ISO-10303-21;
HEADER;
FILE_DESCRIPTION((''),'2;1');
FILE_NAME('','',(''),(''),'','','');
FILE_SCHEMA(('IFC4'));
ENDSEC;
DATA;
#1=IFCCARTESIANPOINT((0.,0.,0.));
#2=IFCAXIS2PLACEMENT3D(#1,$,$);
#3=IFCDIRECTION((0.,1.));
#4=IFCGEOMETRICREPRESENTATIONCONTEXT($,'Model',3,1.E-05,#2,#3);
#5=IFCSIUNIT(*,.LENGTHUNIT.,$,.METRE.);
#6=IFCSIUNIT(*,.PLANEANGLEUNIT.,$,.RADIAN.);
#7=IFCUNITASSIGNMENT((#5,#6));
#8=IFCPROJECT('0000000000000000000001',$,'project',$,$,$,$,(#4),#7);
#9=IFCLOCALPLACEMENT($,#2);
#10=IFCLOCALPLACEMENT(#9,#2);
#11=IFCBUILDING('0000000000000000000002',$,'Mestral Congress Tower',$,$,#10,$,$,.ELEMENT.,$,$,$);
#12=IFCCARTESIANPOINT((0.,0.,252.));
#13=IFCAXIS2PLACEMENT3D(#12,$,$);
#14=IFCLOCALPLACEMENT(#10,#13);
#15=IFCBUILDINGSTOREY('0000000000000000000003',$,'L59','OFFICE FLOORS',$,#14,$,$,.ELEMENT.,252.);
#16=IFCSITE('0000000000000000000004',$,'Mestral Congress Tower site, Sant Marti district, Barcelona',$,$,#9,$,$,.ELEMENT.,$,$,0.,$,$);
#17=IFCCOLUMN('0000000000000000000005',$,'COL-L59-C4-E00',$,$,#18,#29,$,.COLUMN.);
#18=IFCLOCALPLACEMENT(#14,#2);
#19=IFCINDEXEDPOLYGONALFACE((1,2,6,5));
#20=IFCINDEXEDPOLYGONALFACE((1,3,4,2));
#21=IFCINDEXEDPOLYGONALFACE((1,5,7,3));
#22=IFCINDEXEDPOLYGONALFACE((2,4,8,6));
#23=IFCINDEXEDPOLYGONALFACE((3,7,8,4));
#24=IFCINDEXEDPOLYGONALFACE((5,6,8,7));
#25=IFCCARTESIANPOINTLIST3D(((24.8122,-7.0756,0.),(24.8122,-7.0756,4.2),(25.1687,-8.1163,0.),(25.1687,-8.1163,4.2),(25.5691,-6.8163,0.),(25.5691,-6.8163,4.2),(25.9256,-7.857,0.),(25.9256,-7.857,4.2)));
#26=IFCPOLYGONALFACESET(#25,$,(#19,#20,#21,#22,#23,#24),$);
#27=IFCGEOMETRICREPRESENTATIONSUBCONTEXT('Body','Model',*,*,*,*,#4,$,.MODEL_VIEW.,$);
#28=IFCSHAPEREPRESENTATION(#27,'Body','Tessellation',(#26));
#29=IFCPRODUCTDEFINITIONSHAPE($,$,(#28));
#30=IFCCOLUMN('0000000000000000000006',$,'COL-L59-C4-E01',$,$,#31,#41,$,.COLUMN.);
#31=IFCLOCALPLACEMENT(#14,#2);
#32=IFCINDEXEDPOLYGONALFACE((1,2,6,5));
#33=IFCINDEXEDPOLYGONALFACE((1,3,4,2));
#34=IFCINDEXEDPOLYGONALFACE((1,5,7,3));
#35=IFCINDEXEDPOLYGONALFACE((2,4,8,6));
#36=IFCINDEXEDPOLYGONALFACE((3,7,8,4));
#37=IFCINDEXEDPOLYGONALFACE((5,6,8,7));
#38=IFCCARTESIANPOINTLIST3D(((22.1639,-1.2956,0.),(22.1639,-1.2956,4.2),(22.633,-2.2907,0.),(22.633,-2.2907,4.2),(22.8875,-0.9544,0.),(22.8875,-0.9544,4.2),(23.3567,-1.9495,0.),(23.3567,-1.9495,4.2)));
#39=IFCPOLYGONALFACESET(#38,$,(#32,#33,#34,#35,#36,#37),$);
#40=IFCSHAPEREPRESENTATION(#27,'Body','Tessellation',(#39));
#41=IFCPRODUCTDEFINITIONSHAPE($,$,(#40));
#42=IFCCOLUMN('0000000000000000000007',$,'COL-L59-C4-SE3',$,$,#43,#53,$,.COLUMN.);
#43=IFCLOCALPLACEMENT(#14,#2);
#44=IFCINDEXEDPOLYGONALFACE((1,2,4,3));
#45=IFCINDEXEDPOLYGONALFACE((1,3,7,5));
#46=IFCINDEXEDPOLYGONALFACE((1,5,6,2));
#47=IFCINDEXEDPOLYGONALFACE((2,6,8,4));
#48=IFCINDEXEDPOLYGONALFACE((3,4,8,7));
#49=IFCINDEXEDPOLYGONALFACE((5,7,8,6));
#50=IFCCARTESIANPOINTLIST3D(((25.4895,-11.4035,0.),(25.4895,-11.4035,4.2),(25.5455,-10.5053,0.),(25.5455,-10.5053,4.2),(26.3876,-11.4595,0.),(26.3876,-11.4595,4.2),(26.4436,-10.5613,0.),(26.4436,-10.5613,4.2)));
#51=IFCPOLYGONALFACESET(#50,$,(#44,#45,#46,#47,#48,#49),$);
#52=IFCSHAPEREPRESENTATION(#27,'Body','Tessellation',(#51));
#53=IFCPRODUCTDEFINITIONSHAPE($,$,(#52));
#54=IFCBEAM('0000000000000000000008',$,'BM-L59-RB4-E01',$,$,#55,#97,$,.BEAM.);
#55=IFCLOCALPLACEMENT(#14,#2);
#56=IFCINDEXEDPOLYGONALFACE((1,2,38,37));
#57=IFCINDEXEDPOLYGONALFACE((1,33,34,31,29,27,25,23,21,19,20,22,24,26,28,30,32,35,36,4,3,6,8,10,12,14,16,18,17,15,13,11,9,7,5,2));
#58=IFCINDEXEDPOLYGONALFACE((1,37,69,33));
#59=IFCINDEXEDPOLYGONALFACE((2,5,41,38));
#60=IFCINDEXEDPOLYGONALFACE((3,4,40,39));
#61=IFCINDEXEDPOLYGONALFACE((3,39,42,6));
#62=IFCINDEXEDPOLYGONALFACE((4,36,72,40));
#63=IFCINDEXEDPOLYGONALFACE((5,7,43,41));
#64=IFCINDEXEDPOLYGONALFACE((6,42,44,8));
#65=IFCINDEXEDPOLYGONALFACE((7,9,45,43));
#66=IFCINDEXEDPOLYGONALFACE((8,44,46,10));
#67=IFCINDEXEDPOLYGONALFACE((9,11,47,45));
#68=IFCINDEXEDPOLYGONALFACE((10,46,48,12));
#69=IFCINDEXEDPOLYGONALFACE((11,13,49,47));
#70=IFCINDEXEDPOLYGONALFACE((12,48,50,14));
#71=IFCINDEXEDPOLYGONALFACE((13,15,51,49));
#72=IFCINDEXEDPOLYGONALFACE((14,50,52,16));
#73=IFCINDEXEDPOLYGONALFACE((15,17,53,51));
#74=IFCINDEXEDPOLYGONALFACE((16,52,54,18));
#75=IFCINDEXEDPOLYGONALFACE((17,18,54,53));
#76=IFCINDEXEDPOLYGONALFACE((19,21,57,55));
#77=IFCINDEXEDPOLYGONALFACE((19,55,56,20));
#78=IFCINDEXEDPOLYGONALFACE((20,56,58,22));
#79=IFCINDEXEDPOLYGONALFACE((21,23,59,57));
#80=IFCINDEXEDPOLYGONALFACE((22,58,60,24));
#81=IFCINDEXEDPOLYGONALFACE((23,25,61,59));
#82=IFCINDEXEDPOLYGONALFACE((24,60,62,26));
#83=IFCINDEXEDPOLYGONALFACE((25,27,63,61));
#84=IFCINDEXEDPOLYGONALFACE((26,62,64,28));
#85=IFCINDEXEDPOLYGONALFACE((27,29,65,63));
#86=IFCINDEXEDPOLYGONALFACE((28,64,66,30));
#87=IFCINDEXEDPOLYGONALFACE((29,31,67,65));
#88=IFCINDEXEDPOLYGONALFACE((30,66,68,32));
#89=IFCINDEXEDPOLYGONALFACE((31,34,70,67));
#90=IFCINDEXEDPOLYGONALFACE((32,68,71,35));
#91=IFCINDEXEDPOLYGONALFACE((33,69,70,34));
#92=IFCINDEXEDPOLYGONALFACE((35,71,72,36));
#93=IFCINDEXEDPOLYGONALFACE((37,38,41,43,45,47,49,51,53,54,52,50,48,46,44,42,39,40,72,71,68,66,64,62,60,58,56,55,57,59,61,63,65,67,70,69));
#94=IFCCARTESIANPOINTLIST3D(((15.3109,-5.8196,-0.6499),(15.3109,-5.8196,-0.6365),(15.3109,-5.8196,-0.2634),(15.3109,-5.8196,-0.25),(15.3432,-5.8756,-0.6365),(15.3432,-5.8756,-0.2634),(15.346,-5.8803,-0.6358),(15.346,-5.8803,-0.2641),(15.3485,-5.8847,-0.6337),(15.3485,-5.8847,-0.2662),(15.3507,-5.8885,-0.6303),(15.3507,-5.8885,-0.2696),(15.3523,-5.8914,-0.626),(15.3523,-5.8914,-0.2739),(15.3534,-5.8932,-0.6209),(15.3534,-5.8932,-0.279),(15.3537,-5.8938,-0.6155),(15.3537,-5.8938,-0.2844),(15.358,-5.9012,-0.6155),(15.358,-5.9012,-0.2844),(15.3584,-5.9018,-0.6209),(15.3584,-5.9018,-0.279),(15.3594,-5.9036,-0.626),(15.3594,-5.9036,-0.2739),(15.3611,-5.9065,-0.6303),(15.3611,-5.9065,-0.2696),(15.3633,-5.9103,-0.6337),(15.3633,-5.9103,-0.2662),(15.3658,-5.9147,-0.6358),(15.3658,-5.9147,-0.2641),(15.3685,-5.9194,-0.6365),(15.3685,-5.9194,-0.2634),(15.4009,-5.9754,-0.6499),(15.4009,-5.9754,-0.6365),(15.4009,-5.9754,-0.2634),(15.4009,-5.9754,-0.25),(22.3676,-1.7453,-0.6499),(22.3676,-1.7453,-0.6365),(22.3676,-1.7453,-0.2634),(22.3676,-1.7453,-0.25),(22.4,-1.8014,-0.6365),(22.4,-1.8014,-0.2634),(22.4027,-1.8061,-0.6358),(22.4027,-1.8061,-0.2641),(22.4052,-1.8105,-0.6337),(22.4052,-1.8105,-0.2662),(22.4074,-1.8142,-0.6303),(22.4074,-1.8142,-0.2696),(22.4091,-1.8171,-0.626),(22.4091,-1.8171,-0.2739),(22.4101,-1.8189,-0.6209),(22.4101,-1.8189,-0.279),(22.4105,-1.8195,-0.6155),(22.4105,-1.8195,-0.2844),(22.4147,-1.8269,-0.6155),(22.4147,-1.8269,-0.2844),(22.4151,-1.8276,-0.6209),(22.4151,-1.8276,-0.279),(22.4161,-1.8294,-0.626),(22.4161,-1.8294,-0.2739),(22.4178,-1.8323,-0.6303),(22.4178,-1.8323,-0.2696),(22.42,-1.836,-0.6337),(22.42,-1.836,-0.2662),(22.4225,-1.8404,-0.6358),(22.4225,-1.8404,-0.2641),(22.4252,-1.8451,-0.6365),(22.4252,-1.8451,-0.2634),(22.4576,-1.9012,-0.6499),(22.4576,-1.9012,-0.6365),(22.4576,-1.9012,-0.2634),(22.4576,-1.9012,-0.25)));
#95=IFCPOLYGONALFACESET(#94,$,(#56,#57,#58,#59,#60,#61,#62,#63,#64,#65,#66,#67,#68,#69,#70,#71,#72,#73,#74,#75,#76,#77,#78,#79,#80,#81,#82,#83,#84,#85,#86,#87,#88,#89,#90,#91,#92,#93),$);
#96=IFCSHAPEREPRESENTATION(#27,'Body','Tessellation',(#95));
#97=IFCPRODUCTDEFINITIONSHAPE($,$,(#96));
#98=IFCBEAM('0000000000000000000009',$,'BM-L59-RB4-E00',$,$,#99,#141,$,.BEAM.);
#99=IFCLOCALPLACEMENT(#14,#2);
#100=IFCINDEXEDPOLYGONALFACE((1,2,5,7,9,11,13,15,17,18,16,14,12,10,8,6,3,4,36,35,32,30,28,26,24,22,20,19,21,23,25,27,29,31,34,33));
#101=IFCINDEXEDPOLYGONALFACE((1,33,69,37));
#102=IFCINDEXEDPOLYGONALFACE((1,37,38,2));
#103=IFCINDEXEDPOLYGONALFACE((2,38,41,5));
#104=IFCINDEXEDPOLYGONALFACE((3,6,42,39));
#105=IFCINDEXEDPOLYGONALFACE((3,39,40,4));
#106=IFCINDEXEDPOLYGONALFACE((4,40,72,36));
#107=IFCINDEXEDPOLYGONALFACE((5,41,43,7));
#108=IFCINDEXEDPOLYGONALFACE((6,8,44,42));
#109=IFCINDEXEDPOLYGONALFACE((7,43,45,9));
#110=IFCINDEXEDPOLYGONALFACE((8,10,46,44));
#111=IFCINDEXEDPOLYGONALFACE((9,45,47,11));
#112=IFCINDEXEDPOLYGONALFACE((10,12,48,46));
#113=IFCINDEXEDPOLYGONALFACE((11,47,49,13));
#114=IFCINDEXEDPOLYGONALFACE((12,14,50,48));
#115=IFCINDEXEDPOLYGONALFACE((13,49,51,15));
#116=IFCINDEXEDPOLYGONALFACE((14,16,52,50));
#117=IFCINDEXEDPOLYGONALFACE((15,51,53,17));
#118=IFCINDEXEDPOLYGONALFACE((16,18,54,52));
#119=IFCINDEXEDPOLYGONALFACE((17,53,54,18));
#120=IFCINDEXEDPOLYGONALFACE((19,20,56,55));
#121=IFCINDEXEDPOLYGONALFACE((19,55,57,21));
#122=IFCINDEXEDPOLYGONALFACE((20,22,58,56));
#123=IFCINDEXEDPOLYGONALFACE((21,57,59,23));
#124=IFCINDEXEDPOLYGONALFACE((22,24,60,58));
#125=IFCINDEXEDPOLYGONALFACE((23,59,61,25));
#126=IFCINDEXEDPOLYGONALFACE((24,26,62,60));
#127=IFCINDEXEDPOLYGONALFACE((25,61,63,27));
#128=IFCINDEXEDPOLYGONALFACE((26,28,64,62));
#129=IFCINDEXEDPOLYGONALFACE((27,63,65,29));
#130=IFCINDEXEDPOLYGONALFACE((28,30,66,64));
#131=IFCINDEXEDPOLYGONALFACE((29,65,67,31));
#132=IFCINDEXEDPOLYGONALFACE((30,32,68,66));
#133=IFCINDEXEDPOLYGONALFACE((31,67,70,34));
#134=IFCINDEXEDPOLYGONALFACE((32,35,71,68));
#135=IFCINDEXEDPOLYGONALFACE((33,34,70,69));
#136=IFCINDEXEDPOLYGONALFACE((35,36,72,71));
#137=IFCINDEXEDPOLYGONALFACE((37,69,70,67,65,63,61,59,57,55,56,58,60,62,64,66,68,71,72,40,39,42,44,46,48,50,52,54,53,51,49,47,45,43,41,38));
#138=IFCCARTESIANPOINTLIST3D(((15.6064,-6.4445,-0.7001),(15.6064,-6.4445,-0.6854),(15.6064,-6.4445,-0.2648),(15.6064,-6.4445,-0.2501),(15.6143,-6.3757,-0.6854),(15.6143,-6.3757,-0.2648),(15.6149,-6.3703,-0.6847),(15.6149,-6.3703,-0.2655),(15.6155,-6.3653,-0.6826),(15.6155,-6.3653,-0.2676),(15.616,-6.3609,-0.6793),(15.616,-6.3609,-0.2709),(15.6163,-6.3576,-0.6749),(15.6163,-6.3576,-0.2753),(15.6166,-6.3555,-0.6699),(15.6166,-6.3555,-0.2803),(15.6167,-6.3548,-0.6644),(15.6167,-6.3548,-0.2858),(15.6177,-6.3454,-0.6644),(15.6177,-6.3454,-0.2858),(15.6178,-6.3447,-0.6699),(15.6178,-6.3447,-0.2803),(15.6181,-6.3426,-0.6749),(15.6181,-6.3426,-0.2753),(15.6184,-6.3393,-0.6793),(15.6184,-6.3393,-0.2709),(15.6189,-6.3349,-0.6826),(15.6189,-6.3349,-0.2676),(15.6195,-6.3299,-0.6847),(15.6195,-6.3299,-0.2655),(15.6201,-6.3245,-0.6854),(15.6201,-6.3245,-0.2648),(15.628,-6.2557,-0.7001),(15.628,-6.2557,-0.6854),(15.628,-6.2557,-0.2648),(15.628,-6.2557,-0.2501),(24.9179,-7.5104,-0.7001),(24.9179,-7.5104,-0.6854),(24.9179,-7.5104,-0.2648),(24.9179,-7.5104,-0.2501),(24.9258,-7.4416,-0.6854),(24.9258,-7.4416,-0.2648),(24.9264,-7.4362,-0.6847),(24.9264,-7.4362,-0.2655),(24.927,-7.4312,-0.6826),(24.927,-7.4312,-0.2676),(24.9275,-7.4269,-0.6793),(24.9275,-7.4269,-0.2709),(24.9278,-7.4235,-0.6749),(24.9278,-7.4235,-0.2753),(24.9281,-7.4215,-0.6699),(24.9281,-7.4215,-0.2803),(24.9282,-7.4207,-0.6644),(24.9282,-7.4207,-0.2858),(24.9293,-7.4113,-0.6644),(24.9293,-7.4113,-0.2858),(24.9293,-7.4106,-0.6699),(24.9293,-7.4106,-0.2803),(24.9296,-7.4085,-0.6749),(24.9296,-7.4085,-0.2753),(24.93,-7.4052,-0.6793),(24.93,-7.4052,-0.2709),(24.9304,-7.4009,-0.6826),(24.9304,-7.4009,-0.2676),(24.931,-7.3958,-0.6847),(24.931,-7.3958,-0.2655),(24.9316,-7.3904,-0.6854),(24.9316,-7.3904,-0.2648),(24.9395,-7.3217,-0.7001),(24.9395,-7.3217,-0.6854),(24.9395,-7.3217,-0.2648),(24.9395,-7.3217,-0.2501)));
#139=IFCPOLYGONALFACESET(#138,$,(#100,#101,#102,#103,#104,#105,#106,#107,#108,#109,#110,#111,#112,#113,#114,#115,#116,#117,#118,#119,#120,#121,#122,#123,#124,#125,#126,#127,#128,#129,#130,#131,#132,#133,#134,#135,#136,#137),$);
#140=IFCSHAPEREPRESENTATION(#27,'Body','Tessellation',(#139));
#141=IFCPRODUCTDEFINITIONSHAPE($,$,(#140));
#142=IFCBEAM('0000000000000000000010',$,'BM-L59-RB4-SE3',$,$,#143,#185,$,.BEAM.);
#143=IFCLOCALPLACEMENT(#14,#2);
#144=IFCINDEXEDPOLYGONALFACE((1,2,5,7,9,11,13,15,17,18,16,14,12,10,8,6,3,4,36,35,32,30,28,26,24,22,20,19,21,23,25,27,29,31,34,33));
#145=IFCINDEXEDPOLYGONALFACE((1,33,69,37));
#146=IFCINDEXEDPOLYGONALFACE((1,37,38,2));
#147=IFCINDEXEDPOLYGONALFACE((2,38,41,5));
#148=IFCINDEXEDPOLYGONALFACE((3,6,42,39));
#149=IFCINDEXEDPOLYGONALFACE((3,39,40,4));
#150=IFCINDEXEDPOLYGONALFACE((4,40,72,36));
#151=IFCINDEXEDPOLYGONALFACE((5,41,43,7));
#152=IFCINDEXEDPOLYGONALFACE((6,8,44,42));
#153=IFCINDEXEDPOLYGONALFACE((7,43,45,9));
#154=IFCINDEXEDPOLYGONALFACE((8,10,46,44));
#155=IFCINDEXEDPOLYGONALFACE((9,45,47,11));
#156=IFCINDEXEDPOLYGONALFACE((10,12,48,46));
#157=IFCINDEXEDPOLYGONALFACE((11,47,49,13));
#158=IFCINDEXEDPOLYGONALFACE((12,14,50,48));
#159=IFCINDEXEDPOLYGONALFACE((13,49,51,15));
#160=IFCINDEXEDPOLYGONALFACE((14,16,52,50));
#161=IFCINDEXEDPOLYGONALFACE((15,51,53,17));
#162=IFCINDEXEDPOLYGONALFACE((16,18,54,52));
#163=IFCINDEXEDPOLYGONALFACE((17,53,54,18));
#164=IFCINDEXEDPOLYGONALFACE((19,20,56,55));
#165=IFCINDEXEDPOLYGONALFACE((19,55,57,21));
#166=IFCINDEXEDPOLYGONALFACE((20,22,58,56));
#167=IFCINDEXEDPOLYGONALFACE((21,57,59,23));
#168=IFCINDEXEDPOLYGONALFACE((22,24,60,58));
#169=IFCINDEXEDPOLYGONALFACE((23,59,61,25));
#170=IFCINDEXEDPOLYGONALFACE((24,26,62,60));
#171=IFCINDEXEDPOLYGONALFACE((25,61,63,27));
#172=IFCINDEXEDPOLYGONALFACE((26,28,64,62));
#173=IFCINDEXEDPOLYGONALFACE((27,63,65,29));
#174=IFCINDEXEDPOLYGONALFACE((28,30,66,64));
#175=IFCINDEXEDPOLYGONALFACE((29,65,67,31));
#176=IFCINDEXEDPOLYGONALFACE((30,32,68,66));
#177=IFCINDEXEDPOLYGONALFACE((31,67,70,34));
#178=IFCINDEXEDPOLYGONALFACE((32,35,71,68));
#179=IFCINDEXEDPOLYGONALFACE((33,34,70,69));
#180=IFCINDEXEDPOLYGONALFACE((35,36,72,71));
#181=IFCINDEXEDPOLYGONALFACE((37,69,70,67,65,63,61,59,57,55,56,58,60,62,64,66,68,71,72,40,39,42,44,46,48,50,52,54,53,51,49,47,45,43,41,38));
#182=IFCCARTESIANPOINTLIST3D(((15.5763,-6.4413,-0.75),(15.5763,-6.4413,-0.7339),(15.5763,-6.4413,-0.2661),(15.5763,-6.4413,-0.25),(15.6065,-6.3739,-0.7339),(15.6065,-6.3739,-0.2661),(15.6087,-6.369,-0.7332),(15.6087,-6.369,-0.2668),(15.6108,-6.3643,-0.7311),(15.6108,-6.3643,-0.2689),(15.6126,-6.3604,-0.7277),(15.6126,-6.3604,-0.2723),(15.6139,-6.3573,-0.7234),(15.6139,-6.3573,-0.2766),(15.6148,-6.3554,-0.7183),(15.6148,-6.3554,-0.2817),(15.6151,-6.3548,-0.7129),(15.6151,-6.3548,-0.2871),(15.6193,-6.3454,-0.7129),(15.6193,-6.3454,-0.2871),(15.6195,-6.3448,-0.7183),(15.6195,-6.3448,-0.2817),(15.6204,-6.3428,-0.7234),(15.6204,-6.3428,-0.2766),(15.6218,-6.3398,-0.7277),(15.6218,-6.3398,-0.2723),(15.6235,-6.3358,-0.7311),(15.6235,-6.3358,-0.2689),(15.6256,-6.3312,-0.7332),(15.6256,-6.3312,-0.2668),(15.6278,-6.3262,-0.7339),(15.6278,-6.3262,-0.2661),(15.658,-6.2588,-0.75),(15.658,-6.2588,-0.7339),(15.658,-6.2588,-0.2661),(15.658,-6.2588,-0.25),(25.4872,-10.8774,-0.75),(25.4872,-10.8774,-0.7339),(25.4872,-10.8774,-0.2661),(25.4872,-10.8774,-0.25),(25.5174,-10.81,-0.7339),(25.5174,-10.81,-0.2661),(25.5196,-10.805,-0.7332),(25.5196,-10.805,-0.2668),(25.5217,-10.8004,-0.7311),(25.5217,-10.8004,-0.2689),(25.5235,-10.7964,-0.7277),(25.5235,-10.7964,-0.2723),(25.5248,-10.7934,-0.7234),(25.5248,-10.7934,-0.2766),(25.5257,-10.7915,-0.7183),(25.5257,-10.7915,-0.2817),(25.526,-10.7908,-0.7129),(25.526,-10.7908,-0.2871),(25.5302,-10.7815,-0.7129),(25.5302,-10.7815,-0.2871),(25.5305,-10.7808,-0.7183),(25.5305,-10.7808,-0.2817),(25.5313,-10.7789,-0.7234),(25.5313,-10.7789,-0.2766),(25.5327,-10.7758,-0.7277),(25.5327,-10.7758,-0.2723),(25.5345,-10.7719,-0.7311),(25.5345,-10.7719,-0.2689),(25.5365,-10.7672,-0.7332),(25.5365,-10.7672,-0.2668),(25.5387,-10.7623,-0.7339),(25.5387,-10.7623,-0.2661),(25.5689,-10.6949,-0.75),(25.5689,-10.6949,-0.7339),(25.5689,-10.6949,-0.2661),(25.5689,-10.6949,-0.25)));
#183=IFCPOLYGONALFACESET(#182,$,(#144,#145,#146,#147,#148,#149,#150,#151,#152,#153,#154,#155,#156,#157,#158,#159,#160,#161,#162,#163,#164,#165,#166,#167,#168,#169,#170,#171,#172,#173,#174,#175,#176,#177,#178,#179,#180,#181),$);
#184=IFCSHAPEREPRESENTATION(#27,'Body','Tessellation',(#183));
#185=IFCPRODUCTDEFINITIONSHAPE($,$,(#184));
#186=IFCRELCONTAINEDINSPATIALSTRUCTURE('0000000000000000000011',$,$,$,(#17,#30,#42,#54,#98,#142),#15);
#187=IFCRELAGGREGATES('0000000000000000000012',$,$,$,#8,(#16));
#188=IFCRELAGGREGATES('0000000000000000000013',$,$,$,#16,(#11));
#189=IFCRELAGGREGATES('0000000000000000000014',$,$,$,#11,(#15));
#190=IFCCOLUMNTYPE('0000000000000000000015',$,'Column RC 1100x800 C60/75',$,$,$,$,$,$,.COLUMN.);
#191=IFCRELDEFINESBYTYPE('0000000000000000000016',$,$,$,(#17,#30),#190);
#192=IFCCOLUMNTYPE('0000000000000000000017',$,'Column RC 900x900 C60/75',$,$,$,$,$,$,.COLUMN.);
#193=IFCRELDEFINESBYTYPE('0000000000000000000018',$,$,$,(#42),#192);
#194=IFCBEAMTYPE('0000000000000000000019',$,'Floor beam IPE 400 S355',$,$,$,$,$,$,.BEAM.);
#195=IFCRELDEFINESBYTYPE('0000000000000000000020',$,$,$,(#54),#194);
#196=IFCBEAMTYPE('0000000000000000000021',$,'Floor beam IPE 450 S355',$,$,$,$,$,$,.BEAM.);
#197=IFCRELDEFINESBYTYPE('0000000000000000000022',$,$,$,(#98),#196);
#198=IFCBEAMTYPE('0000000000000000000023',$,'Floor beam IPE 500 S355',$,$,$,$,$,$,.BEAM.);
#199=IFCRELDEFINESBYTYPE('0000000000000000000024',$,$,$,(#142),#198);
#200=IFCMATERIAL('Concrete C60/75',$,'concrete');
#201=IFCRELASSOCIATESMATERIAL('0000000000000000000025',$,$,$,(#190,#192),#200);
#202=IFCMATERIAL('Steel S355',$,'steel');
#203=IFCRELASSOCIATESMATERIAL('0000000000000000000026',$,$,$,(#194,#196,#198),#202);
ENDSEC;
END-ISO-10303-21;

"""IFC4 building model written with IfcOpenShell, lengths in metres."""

from ifc_helpers import new_model, si_unit, direction, frame, origin, origin_2d, place, context, subcontext, project, spatial, rectangle, i_section, extrude, material, material_profile, profile_set, type_object, element, save


model = new_model("IFC4")

# Units and contexts
model_context = context("Model", 3, precision=1e-05, world=origin(), true_north=direction((0.0, 1.0)))
body_context = subcontext(model_context, "Body", "Model", "MODEL_VIEW")
ifc_project = project(units=[si_unit("LENGTHUNIT", "METRE"), si_unit("PLANEANGLEUNIT", "RADIAN")], contexts=[model_context])

# Site, building, storey
site_placement = place(None, origin())
site = spatial("IfcSite", under=ifc_project, at=site_placement, Name="Mestral Congress Tower site, Sant Marti district, Barcelona", CompositionType="ELEMENT", RefElevation=0.0)
building_placement = place(site_placement, origin())
building = spatial("IfcBuilding", under=site, at=building_placement, Name="Mestral Congress Tower", CompositionType="ELEMENT")
storey_placement = place(building_placement, frame((0.0, 0.0, 252.0)))
storey = spatial("IfcBuildingStorey", under=building, at=storey_placement, Name="L59", Description="OFFICE FLOORS", CompositionType="ELEMENT", Elevation=252.0)

# Columns
ifc_material_1 = material(Name="Concrete C60/75", Category="concrete")
ifc_material_profile_1 = material_profile(ifc_material_1, rectangle(XDim=1.1001, YDim=0.8, at=origin_2d()), Name="RC 1100x800")
ifc_profile_set_1 = profile_set([ifc_material_profile_1], Name="Concrete C60/75")
column_type_1 = type_object("IfcColumnType", Name="Column RC 1100x800 C60/75", PredefinedType="COLUMN", material=ifc_profile_set_1)
for number, where, z_axis, x_axis, name in (
    (1, (25.3689, -7.4663, 0.0), (0.0, 0.0, 1.0), (-0.324074, 0.946032, 0.0), "COL-L59-C4-E00"),
    (2, (22.7603, -1.6226, 0.0), (0.0, 0.0, 1.0), (-0.426472, 0.904501, 0.0), "COL-L59-C4-E01"),
):
    element("IfcColumn", number, at=place(storey_placement, frame(where, z_axis=z_axis, x_axis=x_axis)), inside=storey, type_object=column_type_1, Name=name, PredefinedType="COLUMN", context=body_context, shape_type="SweptSolid", body=[
        extrude(rectangle(XDim=1.1001, YDim=0.8, at=origin_2d()), origin(), (0.0, 0.0, 1.0), 4.2),
    ])
ifc_material_profile_2 = material_profile(ifc_material_1, rectangle(XDim=0.8999, YDim=0.8999, at=origin_2d()), Name="RC 900x900")
ifc_profile_set_2 = profile_set([ifc_material_profile_2], Name="Concrete C60/75")
column_type_2 = type_object("IfcColumnType", Name="Column RC 900x900 C60/75", PredefinedType="COLUMN", material=ifc_profile_set_2)
column_placement = place(storey_placement, frame((25.9666, -10.9824, 0.0), z_axis=(0.0, 0.0, 1.0), x_axis=(0.062217, 0.998063, 0.0)))
element("IfcColumn", 3, at=column_placement, inside=storey, type_object=column_type_2, Name="COL-L59-C4-SE3", PredefinedType="COLUMN", context=body_context, shape_type="SweptSolid", body=[
    extrude(rectangle(XDim=0.8999, YDim=0.8999, at=origin_2d()), origin(), (0.0, 0.0, 1.0), 4.2),
])

# Beams
ifc_material_2 = material(Name="Steel S355", Category="steel")
ifc_material_profile_3 = material_profile(ifc_material_2, i_section(OverallWidth=0.1799, OverallDepth=0.3999, WebThickness=0.0085, FlangeThickness=0.0134, FilletRadius=0.021, at=origin_2d()), Name="IPE 400")
ifc_profile_set_3 = profile_set([ifc_material_profile_3], Name="Steel S355")
beam_type_1 = type_object("IfcBeamType", Name="Floor beam IPE 400 S355", PredefinedType="BEAM", material=ifc_profile_set_3)
beam_1_placement = place(storey_placement, frame((22.4126, -1.8232, -0.45), z_axis=(-0.866022, -0.500006, 0.0), x_axis=(0.500006, -0.866022, 0.0)))
element("IfcBeam", 4, at=beam_1_placement, inside=storey, type_object=beam_type_1, Name="BM-L59-RB4-E01", PredefinedType="BEAM", context=body_context, shape_type="SweptSolid", body=[
    extrude(i_section(OverallWidth=0.1799, OverallDepth=0.3999, WebThickness=0.0085, FlangeThickness=0.0134, FilletRadius=0.021, at=origin_2d()), origin(), (0.0, 0.0, 1.0), 8.1484),
])
ifc_material_profile_4 = material_profile(ifc_material_2, i_section(OverallWidth=0.1899, OverallDepth=0.45, WebThickness=0.0095, FlangeThickness=0.0146, FilletRadius=0.021, at=origin_2d()), Name="IPE 450")
ifc_profile_set_4 = profile_set([ifc_material_profile_4], Name="Steel S355")
beam_type_2 = type_object("IfcBeamType", Name="Floor beam IPE 450 S355", PredefinedType="BEAM", material=ifc_profile_set_4)
beam_2_placement = place(storey_placement, frame((24.9287, -7.416, -0.4751), z_axis=(-0.993512, 0.11373, 0.0), x_axis=(-0.11373, -0.993512, 0.0)))
element("IfcBeam", 5, at=beam_2_placement, inside=storey, type_object=beam_type_2, Name="BM-L59-RB4-E00", PredefinedType="BEAM", context=body_context, shape_type="SweptSolid", body=[
    extrude(i_section(OverallWidth=0.1899, OverallDepth=0.45, WebThickness=0.0095, FlangeThickness=0.0146, FilletRadius=0.021, at=origin_2d()), origin(), (0.0, 0.0, 1.0), 9.3723),
])
ifc_material_profile_5 = material_profile(ifc_material_2, i_section(OverallWidth=0.2, OverallDepth=0.5, WebThickness=0.0103, FlangeThickness=0.0161, FilletRadius=0.021, at=origin_2d()), Name="IPE 500")
ifc_profile_set_5 = profile_set([ifc_material_profile_5], Name="Steel S355")
beam_type_3 = type_object("IfcBeamType", Name="Floor beam IPE 500 S355", PredefinedType="BEAM", material=ifc_profile_set_5)
beam_3_placement = place(storey_placement, frame((25.5281, -10.7861, -0.5), z_axis=(-0.912742, 0.408536, 0.0), x_axis=(-0.408536, -0.912742, 0.0)))
element("IfcBeam", 6, at=beam_3_placement, inside=storey, type_object=beam_type_3, Name="BM-L59-RB4-SE3", PredefinedType="BEAM", context=body_context, shape_type="SweptSolid", body=[
    extrude(i_section(OverallWidth=0.2, OverallDepth=0.5, WebThickness=0.0103, FlangeThickness=0.0161, FilletRadius=0.021, at=origin_2d()), origin(), (0.0, 0.0, 1.0), 10.8584),
])

save(model, "model.ifc")
